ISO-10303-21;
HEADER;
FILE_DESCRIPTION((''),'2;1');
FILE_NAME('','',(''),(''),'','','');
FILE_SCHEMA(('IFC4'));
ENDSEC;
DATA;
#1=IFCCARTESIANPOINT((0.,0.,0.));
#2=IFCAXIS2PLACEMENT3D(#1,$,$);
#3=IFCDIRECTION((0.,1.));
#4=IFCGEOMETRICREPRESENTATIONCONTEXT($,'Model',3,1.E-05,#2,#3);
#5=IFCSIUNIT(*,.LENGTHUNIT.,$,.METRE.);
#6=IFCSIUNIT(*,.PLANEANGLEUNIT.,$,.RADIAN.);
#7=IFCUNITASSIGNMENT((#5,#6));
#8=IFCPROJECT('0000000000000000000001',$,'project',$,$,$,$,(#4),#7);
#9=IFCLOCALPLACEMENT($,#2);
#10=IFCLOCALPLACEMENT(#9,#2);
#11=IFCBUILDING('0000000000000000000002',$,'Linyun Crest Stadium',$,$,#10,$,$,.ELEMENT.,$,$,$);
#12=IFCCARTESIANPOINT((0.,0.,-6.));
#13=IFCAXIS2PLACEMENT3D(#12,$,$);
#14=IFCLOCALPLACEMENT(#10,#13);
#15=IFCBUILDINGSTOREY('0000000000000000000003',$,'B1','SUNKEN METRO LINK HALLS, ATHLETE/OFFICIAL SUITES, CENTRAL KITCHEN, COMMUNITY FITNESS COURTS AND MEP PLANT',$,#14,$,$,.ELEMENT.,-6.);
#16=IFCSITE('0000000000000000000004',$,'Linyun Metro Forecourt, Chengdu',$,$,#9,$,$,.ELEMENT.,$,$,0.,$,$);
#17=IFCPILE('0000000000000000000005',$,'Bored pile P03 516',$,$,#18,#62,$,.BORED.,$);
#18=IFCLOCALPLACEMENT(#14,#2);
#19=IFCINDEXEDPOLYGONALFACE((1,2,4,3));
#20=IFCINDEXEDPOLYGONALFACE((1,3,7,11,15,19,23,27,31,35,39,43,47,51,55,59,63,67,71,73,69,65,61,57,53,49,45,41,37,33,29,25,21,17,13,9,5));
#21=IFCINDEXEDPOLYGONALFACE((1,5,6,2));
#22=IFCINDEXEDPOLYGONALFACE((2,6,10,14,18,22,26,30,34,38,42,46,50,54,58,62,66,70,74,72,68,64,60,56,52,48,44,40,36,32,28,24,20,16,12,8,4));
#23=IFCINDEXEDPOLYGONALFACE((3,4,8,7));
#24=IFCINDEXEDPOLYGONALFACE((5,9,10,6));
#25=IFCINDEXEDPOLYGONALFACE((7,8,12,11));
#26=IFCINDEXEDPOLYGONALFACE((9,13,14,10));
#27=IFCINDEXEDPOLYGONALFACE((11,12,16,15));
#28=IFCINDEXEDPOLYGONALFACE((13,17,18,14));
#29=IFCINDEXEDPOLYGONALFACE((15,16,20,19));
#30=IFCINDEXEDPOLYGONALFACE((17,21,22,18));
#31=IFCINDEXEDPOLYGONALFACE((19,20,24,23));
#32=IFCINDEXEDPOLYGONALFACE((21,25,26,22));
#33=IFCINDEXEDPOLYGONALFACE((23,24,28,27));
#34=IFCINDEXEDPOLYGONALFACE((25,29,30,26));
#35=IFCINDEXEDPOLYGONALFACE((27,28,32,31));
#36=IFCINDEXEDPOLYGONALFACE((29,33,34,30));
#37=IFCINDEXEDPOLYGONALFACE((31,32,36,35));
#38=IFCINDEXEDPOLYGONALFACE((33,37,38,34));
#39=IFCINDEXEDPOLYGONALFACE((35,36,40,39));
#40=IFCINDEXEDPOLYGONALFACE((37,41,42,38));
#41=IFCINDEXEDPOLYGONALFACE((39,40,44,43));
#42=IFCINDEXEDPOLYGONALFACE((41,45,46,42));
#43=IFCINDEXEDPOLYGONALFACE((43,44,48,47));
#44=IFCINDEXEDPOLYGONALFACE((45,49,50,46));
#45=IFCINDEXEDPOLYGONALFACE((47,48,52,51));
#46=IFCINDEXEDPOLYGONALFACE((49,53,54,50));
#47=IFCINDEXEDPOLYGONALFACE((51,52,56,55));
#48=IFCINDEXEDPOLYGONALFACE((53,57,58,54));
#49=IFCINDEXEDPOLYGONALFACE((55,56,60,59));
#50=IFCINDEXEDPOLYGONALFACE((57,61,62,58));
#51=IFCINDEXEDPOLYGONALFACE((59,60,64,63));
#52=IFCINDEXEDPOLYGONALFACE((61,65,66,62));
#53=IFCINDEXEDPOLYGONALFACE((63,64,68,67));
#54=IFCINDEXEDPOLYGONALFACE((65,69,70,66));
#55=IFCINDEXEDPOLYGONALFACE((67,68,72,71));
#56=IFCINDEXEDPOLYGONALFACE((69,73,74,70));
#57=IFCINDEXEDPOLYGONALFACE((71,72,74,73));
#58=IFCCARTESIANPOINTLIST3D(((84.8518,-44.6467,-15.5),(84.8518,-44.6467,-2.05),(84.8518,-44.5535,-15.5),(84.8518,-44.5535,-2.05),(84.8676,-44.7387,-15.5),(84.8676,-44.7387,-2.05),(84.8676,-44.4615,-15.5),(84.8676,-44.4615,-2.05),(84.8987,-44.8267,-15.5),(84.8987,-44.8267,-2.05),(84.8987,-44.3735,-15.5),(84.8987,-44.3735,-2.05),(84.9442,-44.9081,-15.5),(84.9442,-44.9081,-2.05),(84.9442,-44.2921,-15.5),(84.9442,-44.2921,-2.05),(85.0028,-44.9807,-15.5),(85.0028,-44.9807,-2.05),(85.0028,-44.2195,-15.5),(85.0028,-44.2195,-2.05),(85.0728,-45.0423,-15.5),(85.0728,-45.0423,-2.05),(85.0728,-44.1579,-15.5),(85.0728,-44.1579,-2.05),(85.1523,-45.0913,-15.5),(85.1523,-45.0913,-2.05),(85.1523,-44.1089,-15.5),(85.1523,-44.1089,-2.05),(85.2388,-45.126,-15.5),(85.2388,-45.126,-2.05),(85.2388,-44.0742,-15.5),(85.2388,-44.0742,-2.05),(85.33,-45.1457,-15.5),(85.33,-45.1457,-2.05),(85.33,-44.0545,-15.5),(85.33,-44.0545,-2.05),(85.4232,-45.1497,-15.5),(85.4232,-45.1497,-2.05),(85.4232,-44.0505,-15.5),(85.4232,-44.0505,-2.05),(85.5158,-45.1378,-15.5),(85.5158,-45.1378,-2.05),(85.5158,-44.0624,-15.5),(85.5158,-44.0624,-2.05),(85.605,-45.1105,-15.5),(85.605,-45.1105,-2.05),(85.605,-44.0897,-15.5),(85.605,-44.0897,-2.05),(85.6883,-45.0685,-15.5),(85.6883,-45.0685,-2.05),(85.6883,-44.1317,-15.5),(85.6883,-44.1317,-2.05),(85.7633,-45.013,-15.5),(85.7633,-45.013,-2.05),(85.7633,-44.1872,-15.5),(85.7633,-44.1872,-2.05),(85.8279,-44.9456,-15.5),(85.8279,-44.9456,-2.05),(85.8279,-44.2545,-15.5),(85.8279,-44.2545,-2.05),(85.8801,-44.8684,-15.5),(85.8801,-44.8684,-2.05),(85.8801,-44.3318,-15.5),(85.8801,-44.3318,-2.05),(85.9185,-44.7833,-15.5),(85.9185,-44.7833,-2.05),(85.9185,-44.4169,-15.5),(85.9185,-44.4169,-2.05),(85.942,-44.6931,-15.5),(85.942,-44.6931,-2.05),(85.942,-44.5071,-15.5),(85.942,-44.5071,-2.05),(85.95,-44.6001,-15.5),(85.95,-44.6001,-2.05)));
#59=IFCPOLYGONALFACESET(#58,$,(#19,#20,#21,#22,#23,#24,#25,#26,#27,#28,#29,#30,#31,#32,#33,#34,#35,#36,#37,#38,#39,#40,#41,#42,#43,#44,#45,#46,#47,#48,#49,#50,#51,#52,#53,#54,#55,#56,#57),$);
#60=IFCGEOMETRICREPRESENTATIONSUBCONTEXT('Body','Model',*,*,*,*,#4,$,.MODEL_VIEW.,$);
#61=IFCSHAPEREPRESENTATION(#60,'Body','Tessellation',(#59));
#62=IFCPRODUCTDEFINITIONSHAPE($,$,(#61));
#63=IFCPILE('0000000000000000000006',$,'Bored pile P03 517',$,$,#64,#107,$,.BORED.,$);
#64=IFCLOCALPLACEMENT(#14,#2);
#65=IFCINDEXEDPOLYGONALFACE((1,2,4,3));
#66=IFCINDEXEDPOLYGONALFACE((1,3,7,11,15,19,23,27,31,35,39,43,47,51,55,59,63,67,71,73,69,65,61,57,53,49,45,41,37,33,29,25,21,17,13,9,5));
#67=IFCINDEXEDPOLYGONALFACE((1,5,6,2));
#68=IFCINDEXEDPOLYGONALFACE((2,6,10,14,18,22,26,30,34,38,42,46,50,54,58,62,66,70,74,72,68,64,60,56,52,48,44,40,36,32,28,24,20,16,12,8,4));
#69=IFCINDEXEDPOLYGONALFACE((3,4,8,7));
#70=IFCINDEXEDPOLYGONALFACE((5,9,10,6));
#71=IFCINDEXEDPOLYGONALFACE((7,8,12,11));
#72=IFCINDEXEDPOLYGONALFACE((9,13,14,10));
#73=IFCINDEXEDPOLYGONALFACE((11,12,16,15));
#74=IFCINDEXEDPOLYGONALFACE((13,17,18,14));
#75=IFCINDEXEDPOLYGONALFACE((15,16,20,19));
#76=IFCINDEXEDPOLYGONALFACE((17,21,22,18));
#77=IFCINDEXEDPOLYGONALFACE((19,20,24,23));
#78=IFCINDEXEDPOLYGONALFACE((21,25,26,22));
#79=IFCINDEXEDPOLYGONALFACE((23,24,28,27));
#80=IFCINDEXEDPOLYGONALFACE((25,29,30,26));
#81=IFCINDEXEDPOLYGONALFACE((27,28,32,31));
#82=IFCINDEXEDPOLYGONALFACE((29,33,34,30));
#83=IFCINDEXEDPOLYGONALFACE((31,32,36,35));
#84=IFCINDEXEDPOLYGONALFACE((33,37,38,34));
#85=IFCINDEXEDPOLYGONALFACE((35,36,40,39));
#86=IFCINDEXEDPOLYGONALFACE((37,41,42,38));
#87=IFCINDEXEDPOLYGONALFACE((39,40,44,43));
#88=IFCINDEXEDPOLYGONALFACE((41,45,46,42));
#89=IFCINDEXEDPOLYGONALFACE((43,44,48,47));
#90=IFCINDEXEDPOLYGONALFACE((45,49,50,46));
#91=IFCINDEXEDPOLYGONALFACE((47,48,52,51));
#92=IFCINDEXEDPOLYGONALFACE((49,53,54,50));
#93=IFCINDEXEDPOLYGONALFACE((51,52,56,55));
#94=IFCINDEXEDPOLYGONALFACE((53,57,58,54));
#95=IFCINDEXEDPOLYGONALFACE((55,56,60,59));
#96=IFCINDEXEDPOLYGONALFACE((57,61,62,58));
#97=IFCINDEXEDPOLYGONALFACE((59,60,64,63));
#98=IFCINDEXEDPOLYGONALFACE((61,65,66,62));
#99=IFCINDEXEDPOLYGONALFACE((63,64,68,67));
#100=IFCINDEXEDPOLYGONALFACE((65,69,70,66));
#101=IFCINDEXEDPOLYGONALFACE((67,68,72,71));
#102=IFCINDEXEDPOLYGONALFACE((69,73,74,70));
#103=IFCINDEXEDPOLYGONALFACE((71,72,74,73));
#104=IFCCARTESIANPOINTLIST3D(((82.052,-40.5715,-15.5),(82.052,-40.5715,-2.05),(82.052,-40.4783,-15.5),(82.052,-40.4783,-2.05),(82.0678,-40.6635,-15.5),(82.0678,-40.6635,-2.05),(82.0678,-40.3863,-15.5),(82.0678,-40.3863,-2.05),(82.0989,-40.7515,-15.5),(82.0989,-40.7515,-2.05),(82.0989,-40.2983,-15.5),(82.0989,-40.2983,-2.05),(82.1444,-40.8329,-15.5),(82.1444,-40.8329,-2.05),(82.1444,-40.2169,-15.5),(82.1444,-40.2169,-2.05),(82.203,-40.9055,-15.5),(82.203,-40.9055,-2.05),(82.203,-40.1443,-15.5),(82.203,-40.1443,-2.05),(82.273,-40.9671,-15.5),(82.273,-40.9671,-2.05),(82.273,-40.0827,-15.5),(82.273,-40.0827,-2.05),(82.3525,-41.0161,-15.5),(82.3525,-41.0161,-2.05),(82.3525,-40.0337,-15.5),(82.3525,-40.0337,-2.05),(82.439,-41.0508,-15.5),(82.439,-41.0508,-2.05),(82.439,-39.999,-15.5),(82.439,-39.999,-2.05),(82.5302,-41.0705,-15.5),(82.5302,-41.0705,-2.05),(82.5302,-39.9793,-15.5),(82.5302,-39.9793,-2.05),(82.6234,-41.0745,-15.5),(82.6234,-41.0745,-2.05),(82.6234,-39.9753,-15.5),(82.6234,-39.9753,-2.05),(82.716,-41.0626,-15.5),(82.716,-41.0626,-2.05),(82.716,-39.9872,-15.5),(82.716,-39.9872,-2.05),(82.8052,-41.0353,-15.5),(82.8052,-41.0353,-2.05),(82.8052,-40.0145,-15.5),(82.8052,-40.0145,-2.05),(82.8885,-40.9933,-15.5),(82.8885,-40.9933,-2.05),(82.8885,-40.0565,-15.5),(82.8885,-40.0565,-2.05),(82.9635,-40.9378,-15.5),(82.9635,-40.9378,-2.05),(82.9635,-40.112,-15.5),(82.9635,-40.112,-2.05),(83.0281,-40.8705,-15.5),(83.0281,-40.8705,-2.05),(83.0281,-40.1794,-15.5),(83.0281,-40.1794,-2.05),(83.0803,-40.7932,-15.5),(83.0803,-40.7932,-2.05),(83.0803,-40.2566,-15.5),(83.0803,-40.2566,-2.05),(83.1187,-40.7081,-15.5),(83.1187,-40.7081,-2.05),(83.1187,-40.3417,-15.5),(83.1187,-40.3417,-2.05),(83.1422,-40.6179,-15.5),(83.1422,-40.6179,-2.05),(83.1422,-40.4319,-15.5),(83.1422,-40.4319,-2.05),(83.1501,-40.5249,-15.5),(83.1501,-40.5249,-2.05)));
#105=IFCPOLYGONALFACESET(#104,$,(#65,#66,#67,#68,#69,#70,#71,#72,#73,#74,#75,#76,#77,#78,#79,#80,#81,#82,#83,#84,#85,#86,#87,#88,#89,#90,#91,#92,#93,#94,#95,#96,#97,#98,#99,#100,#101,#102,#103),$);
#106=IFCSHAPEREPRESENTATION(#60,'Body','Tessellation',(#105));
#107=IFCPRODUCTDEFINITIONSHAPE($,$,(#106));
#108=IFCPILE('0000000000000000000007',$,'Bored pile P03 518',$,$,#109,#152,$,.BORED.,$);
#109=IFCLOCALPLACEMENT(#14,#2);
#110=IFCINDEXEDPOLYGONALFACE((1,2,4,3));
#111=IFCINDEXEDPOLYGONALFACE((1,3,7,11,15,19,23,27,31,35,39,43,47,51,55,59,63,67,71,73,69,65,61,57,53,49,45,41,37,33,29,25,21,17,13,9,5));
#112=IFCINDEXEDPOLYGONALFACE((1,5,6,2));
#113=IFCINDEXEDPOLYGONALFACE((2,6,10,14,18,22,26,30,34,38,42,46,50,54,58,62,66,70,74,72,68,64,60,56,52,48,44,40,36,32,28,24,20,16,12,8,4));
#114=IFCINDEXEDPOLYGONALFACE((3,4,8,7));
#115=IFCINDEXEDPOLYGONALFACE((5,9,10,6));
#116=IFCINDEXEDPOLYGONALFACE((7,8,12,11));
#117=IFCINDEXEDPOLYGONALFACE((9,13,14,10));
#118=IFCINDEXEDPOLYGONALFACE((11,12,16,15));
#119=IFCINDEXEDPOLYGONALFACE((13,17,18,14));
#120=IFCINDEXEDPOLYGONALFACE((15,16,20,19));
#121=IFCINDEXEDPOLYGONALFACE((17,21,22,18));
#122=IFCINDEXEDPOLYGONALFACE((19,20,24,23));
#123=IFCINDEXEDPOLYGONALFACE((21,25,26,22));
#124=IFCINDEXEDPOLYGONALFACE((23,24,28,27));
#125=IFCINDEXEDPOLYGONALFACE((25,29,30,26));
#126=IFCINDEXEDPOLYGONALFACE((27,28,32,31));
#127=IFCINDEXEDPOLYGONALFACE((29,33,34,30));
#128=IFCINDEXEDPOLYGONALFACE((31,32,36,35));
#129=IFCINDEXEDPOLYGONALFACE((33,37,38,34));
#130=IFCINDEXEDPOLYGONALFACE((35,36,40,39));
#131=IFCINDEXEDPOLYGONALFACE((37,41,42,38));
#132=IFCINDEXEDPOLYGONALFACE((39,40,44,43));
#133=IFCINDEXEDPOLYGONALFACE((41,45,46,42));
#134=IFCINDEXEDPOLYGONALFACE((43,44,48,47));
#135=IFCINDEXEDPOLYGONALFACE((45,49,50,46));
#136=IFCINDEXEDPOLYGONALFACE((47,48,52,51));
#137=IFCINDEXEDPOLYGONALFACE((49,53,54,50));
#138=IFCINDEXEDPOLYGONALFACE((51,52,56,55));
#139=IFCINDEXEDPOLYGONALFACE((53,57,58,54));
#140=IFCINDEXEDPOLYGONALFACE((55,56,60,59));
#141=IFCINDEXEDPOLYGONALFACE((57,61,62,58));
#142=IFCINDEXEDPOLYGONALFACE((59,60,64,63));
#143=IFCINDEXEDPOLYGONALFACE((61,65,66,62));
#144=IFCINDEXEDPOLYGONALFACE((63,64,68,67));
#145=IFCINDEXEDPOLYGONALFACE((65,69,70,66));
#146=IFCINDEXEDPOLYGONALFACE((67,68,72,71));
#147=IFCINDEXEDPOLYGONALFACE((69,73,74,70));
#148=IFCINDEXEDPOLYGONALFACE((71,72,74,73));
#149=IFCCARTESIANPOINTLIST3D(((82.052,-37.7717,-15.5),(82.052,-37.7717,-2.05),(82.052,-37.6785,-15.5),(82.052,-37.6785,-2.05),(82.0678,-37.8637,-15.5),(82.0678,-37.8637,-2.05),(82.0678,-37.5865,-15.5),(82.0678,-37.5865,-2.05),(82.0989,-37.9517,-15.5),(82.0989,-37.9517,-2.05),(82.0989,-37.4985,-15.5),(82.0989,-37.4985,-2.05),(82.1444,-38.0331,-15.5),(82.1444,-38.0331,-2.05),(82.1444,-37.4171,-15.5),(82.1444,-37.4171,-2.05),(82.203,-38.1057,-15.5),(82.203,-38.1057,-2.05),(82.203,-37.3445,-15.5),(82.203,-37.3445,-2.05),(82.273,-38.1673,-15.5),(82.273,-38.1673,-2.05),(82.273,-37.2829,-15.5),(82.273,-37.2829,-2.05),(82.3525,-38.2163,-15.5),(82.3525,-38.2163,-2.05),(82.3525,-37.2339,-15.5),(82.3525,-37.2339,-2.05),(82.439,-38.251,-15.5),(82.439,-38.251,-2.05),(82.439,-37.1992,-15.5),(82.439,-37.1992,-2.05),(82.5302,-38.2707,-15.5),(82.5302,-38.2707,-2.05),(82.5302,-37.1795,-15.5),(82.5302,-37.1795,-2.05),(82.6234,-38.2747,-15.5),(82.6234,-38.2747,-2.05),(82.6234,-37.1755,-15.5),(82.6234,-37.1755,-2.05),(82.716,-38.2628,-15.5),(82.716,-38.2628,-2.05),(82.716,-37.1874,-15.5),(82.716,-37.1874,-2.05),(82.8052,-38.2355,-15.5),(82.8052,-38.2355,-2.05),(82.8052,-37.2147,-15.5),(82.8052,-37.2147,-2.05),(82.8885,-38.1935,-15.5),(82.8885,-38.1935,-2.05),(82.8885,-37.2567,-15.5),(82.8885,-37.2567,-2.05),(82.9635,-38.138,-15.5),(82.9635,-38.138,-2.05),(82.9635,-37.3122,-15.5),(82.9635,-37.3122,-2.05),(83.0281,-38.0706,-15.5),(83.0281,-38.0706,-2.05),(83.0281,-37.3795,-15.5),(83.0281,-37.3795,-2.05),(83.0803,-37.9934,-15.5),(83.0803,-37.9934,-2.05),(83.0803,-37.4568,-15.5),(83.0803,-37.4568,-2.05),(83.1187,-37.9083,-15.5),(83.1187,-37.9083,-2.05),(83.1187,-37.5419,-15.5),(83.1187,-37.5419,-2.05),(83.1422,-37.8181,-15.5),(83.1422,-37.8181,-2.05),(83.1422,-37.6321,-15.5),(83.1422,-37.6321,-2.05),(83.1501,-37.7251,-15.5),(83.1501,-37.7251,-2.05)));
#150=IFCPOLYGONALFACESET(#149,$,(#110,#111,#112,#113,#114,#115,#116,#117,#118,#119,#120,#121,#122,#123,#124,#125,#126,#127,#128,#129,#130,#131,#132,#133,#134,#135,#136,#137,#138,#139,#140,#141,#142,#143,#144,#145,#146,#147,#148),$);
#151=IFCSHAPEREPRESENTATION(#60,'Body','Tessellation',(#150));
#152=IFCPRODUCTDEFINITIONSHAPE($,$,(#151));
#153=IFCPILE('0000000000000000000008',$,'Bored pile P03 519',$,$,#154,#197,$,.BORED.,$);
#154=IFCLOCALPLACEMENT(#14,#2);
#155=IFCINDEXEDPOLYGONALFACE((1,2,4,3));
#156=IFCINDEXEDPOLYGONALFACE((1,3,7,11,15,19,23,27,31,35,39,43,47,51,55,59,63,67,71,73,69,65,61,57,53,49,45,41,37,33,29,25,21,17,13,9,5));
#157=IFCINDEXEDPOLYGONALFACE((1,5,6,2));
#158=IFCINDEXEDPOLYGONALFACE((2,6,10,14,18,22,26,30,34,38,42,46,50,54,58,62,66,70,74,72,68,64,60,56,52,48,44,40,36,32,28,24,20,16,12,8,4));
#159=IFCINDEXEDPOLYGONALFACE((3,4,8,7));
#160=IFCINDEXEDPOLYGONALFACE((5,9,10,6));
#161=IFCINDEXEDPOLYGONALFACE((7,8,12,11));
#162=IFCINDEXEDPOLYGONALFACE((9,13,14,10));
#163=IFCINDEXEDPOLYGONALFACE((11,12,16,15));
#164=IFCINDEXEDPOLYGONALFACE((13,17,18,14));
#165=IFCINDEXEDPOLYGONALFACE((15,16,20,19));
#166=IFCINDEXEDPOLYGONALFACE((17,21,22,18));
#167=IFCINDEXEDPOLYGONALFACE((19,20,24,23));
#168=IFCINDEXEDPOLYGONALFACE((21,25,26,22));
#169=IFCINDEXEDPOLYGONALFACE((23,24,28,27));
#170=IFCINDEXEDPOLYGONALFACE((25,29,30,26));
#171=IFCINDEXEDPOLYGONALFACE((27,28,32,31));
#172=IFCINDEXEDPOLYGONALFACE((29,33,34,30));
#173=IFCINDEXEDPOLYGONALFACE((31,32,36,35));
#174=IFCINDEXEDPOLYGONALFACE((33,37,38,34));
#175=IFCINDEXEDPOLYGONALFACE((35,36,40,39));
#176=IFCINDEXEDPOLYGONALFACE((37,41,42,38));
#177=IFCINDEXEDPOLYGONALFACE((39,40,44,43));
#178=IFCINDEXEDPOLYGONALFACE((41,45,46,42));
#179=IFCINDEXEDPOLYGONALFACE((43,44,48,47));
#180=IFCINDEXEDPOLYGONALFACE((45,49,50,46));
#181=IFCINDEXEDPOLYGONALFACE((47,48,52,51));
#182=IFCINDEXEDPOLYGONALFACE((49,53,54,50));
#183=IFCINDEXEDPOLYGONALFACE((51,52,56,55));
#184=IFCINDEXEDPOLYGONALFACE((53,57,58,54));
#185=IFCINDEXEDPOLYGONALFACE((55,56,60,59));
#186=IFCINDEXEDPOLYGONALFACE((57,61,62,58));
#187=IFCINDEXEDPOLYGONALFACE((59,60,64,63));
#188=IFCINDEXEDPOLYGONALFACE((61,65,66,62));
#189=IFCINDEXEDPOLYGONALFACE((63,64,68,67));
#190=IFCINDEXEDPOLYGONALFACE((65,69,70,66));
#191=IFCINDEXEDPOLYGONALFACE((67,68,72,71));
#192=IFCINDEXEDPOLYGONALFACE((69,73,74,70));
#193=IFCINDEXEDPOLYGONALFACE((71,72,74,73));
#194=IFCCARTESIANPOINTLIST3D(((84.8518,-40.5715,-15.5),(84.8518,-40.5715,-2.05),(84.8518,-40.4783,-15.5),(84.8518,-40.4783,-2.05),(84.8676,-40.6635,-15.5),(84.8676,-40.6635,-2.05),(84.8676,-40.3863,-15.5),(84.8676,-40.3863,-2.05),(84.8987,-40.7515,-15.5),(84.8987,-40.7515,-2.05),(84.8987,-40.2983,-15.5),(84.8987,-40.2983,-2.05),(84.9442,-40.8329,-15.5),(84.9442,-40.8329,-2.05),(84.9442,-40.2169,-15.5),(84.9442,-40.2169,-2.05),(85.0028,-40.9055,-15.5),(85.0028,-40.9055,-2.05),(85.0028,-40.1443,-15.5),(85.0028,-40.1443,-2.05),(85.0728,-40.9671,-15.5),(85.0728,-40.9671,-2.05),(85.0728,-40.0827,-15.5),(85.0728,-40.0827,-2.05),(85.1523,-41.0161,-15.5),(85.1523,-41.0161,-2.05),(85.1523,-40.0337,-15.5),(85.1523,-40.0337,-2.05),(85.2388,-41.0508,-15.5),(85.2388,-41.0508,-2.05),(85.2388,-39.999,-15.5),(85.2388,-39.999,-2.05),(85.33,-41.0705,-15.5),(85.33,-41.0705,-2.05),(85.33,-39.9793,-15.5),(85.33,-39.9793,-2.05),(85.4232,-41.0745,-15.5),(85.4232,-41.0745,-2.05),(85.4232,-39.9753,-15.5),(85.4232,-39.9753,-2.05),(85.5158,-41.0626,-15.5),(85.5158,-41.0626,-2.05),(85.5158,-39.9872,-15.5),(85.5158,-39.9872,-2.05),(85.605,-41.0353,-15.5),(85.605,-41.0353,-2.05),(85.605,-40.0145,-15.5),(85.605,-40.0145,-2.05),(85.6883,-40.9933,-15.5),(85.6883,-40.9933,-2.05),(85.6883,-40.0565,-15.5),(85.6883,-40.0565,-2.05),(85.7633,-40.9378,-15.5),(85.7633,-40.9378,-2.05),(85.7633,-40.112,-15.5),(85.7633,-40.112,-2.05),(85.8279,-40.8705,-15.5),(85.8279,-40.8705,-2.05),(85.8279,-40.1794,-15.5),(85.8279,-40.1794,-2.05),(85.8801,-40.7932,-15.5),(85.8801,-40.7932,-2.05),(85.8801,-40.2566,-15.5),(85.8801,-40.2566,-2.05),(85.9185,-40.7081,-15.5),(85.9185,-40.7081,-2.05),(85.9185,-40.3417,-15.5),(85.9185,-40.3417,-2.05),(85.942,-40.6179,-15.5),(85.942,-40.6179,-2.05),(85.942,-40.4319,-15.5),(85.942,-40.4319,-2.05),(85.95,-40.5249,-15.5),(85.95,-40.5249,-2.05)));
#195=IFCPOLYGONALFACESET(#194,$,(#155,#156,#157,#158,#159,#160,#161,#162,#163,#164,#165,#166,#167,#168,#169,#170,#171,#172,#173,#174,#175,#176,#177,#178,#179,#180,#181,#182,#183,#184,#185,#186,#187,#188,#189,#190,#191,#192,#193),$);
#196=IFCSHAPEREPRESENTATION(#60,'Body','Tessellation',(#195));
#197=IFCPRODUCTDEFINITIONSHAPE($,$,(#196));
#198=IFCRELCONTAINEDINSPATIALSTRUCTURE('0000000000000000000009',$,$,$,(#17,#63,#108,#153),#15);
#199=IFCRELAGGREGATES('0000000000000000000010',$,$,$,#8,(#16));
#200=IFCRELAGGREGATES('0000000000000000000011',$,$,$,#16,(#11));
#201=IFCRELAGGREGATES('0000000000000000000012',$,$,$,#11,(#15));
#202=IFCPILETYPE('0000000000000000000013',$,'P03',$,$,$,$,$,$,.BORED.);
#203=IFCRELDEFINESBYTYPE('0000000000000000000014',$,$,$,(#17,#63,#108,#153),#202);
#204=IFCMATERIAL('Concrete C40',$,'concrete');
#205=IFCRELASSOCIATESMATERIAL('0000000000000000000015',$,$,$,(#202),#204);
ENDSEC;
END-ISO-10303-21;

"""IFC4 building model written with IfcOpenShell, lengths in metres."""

from ifc_helpers import new_model, si_unit, direction, frame, origin, origin_2d, place, context, subcontext, project, spatial, circle, extrude, material, material_profile, profile_set, type_object, element, save


model = new_model("IFC4")

# Units and contexts
model_context = context("Model", 3, precision=1e-05, world=origin(), true_north=direction((0.0, 1.0)))
body_context = subcontext(model_context, "Body", "Model", "MODEL_VIEW")
ifc_project = project(units=[si_unit("LENGTHUNIT", "METRE"), si_unit("PLANEANGLEUNIT", "RADIAN")], contexts=[model_context])

# Site, building, storey
site_placement = place(None, origin())
site = spatial("IfcSite", under=ifc_project, at=site_placement, Name="Linyun Metro Forecourt, Chengdu", CompositionType="ELEMENT", RefElevation=0.0)
building_placement = place(site_placement, origin())
building = spatial("IfcBuilding", under=site, at=building_placement, Name="Linyun Crest Stadium", CompositionType="ELEMENT")
storey_placement = place(building_placement, frame((0.0, 0.0, -6.0)))
storey = spatial("IfcBuildingStorey", under=building, at=storey_placement, Name="B1", Description="SUNKEN METRO LINK HALLS, ATHLETE/OFFICIAL SUITES, CENTRAL KITCHEN, COMMUNITY FITNESS COURTS AND MEP PLANT", CompositionType="ELEMENT", Elevation=-6.0)

# Piles
ifc_material_1 = material(Name="Concrete C40", Category="concrete")
ifc_material_profile_1 = material_profile(ifc_material_1, circle(Radius=0.55, at=origin_2d()), Name="BORED PILE 1100")
ifc_profile_set_1 = profile_set([ifc_material_profile_1], Name="Concrete C40")
pile_type = type_object("IfcPileType", Name="P03", PredefinedType="BORED", material=ifc_profile_set_1)
for number, where, z_axis, x_axis, name in (
    (1, (85.3999, -44.6001, -2.05), (0.0, 0.0, -1.0), (1.0, 0.0, 0.0), "Bored pile P03 516"),
    (2, (82.6001, -40.5249, -2.05), (0.0, 0.0, -1.0), (1.0, 0.0, 0.0), "Bored pile P03 517"),
    (3, (82.6001, -37.7251, -2.05), (0.0, 0.0, -1.0), (1.0, 0.0, 0.0), "Bored pile P03 518"),
    (4, (85.3999, -40.5249, -2.05), (0.0, 0.0, -1.0), (1.0, 0.0, 0.0), "Bored pile P03 519"),
):
    element("IfcPile", number, at=place(storey_placement, frame(where, z_axis=z_axis, x_axis=x_axis)), inside=storey, type_object=pile_type, Name=name, PredefinedType="BORED", context=body_context, shape_type="SweptSolid", body=[
        extrude(circle(Radius=0.55, at=origin_2d()), origin(), (0.0, 0.0, 1.0), 13.45),
    ])

save(model, "model.ifc")
